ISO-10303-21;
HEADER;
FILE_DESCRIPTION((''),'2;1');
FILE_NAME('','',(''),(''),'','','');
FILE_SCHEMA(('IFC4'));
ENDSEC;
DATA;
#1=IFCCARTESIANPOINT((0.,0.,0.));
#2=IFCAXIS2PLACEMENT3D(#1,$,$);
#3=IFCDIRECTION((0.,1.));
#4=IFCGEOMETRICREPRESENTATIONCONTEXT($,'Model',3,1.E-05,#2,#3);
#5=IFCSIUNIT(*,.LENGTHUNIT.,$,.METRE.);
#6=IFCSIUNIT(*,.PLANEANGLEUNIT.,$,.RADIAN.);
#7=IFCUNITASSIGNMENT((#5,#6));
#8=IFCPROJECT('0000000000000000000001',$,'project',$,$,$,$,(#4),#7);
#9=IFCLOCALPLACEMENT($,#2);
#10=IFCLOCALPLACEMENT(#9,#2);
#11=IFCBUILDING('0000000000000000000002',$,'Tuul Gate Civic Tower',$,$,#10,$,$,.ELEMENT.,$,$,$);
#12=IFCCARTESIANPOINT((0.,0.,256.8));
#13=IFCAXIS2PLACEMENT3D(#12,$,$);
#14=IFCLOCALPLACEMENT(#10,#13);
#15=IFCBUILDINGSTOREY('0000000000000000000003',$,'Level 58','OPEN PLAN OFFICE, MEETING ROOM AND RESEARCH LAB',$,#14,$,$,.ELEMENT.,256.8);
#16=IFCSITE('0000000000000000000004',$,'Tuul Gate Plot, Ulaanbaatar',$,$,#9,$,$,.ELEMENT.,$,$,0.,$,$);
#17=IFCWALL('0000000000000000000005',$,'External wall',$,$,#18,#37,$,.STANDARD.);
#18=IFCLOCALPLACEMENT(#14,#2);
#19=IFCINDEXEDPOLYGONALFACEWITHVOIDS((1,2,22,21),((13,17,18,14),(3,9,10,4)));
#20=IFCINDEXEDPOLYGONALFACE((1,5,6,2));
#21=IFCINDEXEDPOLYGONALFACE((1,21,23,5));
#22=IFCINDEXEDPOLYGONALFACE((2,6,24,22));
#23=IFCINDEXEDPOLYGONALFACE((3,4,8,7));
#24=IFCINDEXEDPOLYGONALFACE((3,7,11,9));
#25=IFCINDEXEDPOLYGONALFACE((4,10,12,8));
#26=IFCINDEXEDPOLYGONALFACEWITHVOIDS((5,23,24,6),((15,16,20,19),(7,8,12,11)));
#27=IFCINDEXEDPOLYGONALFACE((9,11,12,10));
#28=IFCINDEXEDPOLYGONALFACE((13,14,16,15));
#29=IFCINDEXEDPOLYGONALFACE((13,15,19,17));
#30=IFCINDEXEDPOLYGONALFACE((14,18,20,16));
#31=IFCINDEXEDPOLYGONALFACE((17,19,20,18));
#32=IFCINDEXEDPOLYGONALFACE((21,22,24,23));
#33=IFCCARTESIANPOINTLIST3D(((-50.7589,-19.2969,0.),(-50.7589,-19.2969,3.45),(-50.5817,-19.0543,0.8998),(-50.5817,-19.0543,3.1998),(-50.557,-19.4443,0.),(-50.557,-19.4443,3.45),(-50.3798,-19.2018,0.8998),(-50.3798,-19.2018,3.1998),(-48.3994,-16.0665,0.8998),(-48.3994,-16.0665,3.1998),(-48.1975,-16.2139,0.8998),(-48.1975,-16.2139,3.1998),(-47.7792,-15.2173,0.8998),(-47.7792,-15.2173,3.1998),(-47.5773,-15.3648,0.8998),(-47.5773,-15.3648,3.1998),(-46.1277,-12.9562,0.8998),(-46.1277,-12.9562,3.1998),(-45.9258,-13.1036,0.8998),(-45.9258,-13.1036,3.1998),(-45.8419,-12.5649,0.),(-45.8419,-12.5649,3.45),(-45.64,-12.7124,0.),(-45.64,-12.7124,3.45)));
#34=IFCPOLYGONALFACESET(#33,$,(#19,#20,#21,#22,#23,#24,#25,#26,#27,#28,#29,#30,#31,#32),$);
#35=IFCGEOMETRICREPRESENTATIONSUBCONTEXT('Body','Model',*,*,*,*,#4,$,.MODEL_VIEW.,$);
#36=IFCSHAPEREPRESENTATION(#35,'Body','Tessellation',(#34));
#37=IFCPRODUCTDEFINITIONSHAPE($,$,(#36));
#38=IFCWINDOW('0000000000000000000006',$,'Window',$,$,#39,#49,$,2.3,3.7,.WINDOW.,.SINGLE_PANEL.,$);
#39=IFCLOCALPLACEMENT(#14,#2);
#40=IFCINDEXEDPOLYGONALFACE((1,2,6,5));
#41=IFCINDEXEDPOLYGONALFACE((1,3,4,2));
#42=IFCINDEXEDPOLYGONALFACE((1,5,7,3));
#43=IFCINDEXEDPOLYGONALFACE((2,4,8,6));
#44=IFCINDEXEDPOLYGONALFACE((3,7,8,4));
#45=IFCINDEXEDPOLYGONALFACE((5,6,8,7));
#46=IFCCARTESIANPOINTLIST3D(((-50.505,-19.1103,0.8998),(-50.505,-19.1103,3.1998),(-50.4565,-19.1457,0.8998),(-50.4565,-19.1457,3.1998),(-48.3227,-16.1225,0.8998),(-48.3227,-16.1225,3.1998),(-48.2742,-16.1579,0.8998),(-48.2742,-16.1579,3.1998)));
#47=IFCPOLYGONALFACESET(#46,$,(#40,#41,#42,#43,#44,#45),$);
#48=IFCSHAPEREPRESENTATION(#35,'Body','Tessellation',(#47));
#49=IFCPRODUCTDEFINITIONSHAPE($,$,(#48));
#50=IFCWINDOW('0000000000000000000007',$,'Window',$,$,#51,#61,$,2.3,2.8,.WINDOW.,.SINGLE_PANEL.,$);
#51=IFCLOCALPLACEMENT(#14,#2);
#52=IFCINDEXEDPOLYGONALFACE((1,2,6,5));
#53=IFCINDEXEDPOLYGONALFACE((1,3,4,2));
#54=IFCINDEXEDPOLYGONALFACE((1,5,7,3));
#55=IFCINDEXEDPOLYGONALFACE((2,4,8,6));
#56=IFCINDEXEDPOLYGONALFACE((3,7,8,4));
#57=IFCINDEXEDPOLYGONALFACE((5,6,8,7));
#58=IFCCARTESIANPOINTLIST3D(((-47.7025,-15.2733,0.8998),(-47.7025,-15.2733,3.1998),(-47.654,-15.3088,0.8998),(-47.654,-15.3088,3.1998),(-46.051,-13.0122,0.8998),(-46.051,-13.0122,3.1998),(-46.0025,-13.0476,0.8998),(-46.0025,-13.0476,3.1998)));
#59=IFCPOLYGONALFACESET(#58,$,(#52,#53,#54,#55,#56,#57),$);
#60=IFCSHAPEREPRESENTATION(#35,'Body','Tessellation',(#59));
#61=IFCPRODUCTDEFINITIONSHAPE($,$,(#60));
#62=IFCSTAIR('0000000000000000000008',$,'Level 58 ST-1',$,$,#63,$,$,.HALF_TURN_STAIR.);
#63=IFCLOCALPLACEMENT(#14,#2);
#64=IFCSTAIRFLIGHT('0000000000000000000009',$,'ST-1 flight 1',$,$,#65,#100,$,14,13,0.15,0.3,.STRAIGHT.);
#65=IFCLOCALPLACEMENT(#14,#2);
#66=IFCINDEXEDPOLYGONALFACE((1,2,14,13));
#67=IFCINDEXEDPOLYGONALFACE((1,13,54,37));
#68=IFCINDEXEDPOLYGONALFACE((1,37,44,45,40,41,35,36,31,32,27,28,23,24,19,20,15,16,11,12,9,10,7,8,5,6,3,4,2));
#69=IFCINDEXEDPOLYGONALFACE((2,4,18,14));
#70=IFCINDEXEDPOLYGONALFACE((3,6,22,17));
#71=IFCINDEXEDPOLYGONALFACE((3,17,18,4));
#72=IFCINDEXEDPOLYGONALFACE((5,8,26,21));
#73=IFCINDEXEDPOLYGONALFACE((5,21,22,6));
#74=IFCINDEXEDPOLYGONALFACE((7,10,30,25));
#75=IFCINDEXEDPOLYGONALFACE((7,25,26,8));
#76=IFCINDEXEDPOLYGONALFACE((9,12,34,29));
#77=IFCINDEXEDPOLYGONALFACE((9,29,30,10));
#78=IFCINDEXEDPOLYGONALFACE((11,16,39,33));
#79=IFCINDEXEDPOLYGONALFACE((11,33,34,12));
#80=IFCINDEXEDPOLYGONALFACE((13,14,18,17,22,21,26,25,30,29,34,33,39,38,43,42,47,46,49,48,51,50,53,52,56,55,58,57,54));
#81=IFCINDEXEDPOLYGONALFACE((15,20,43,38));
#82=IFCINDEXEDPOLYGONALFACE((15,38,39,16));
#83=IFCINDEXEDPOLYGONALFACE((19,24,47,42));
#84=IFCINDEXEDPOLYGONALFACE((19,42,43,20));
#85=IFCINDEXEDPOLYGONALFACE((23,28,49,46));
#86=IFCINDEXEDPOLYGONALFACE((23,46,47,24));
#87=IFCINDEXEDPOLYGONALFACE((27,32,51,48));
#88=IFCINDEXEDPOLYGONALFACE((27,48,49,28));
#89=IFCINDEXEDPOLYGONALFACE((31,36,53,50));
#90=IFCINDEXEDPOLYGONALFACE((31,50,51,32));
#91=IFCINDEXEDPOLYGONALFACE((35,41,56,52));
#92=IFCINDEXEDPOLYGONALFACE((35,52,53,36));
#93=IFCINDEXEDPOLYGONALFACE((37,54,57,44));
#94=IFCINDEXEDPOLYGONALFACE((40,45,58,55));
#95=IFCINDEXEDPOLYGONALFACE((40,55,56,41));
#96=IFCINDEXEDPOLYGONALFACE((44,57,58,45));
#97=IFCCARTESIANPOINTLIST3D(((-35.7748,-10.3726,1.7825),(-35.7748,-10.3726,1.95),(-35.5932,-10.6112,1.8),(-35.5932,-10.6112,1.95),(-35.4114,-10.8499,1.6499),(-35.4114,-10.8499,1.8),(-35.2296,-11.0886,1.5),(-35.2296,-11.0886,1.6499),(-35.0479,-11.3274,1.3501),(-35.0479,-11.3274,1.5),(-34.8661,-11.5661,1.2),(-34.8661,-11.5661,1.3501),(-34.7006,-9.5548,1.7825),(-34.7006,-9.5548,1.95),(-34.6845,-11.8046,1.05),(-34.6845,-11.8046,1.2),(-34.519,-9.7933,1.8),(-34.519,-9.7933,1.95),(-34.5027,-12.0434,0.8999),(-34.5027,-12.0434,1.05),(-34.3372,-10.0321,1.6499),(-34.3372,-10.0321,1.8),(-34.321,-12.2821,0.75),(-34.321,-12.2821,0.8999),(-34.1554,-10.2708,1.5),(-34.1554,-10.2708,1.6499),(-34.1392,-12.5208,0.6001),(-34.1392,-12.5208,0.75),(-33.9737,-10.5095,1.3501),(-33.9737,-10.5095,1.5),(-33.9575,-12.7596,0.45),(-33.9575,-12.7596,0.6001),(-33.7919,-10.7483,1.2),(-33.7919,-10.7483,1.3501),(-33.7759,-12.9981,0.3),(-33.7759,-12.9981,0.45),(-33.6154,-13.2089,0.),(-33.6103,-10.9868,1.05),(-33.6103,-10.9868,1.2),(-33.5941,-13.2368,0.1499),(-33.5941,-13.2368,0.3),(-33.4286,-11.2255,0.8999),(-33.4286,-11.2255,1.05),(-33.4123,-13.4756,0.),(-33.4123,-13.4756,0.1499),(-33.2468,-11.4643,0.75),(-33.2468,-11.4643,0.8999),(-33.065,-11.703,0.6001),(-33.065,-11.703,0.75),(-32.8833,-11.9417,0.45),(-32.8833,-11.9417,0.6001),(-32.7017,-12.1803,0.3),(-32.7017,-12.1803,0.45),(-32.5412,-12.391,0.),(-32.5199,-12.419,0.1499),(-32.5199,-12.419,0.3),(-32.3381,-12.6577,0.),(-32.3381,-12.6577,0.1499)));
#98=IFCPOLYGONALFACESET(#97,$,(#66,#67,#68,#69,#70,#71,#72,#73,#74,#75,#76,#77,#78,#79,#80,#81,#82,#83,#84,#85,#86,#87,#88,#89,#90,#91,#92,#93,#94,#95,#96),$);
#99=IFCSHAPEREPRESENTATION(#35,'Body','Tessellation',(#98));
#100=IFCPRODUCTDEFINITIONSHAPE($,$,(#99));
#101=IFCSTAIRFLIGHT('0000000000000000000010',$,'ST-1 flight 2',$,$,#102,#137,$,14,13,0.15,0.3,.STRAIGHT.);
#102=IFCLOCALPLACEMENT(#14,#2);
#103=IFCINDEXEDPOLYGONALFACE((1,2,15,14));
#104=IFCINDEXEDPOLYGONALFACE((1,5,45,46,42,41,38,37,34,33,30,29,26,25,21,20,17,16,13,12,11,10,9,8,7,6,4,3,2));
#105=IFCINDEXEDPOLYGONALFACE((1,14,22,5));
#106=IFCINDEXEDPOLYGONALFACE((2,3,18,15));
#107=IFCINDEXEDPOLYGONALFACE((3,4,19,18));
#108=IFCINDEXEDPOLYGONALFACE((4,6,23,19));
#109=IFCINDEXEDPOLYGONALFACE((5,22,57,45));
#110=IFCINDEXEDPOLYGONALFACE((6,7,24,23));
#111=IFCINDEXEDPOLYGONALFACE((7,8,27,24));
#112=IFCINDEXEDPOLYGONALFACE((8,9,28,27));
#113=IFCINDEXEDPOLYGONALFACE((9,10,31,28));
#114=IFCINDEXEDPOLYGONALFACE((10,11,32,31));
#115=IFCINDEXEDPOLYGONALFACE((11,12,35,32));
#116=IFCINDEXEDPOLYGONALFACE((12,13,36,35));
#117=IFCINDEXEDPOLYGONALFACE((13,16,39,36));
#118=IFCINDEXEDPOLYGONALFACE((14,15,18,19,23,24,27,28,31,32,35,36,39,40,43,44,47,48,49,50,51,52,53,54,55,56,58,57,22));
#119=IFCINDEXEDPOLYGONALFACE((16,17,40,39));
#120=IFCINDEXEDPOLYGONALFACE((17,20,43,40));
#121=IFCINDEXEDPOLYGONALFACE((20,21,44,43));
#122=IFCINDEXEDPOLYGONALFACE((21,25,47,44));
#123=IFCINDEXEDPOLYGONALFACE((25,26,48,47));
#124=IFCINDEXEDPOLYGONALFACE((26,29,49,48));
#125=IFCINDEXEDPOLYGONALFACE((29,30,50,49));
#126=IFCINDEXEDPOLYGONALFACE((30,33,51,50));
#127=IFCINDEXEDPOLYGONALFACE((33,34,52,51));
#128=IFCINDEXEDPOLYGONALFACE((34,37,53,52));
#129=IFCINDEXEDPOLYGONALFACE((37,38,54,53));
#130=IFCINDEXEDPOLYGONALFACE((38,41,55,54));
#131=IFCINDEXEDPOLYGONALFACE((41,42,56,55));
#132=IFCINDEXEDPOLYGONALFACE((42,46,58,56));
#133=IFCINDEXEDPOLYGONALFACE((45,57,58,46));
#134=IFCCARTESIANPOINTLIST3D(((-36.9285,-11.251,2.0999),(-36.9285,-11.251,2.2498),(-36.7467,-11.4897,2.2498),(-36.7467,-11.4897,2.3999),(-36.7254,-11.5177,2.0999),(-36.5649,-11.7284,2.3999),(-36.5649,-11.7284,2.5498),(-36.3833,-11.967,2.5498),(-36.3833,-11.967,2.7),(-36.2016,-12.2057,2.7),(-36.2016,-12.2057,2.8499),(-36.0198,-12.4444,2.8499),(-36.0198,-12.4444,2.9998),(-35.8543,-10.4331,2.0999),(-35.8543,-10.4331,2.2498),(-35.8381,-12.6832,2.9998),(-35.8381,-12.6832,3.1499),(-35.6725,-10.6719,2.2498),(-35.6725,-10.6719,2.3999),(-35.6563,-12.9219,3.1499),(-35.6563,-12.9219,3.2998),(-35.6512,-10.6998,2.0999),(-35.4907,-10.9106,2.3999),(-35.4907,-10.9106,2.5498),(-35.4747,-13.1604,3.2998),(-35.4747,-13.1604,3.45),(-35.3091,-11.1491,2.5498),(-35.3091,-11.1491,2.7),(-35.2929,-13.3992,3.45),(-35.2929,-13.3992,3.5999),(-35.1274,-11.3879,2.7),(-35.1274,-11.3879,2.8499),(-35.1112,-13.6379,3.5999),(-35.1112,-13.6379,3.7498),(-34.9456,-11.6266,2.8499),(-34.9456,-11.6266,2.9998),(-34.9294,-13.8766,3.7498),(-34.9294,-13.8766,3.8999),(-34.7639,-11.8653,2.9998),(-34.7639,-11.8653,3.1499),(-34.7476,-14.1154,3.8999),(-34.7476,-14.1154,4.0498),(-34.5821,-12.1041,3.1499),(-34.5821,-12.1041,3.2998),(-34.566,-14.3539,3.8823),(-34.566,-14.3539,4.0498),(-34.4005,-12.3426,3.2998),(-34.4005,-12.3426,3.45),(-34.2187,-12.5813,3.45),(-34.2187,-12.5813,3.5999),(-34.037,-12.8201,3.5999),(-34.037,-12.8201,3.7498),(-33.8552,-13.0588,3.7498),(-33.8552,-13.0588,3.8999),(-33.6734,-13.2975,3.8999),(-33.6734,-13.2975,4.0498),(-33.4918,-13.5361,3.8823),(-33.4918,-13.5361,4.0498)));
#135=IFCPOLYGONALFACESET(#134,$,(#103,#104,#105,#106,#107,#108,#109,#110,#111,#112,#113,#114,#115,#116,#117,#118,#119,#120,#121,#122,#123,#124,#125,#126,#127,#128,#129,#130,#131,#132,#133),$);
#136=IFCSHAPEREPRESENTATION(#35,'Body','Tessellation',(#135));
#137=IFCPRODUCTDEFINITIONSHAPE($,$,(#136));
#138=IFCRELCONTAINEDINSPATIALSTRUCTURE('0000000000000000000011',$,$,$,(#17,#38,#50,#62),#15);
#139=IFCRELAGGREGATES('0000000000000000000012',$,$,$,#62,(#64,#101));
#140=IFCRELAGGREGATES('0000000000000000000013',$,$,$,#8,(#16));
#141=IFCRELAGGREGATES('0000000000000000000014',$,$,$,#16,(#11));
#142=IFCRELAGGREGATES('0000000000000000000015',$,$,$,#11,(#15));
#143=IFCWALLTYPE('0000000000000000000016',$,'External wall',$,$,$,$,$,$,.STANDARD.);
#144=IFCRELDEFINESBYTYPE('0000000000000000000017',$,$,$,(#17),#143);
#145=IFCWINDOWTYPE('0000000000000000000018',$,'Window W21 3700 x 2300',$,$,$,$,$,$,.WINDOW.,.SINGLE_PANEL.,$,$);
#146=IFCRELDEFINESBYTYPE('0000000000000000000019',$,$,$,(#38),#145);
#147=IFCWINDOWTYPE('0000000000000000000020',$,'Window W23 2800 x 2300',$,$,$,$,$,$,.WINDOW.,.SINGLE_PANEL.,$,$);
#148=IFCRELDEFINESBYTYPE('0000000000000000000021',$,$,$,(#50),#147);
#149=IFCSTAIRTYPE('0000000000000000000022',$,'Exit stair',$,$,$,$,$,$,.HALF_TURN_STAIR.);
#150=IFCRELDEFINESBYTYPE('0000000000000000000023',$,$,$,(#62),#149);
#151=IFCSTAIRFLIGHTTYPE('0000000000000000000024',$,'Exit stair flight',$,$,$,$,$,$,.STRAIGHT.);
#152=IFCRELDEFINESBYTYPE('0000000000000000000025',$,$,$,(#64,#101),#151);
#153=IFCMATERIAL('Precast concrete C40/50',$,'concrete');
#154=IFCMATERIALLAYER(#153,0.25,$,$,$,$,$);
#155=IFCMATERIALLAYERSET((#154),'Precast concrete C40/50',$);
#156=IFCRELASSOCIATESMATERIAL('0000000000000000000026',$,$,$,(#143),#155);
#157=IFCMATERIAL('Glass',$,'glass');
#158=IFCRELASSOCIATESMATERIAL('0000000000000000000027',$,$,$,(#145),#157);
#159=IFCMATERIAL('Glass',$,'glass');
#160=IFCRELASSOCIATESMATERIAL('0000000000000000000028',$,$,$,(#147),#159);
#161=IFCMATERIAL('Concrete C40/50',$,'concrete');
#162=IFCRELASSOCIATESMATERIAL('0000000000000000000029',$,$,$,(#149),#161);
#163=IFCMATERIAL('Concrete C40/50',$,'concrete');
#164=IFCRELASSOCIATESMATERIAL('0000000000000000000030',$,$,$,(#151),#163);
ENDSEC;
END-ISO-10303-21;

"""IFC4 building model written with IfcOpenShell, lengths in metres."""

from ifc_helpers import new_model, si_unit, direction, frame, frame_2d, origin, place, context, subcontext, project, spatial, polyline, rectangle, outline, extrude, material, layer, layer_set, type_object, element, fill, aggregate, save


model = new_model("IFC4")

# Units and contexts
model_context = context("Model", 3, precision=1e-05, world=origin(), true_north=direction((0.0, 1.0)))
body_context = subcontext(model_context, "Body", "Model", "MODEL_VIEW")
ifc_project = project(units=[si_unit("LENGTHUNIT", "METRE"), si_unit("PLANEANGLEUNIT", "RADIAN")], contexts=[model_context])

# Site, building, storey
site_placement = place(None, origin())
site = spatial("IfcSite", under=ifc_project, at=site_placement, Name="Tuul Gate Plot, Ulaanbaatar", CompositionType="ELEMENT", RefElevation=0.0)
building_placement = place(site_placement, origin())
building = spatial("IfcBuilding", under=site, at=building_placement, Name="Tuul Gate Civic Tower", CompositionType="ELEMENT")
storey_placement = place(building_placement, frame((0.0, 0.0, 256.8)))
storey = spatial("IfcBuildingStorey", under=building, at=storey_placement, Name="Level 58", Description="OPEN PLAN OFFICE, MEETING ROOM AND RESEARCH LAB", CompositionType="ELEMENT", Elevation=256.8)

# Wall, openings, windows
ifc_material_1 = material(Name="Precast concrete C40/50", Category="concrete")
ifc_layer_1 = layer(ifc_material_1, 0.25)
ifc_layer_set_1 = layer_set([ifc_layer_1], Name="Precast concrete C40/50")
wall_type_1 = type_object("IfcWallType", Name="External wall", PredefinedType="STANDARD", material=ifc_layer_set_1)
wall_1_placement = place(storey_placement, frame((-45.741, -12.6387, 0.0), z_axis=(0.0, 0.0, 1.0), x_axis=(-0.589821, -0.807534, 0.0)))
wall_1 = element("IfcWall", 1, at=wall_1_placement, inside=storey, type_object=wall_type_1, Name="External wall", PredefinedType="STANDARD", context=body_context, shape_type="SweptSolid", body=[
    extrude(rectangle(XDim=8.3364, YDim=0.25, at=frame_2d((4.1682, 0.0))), origin(), (0.0, 0.0, 1.0), 3.45),
])
opening_1_placement = place(wall_1_placement, frame((0.4846, 0.0, 0.8999)))
opening_1 = element("IfcOpeningElement", 2, at=opening_1_placement, cuts=wall_1, PredefinedType="OPENING", context=body_context, shape_type="SweptSolid", body=[
    extrude(rectangle(XDim=2.8, YDim=2.3, at=frame_2d((1.3999, 1.1499))), frame((0.0, 0.135, 0.0), z_axis=(0.0, -1.0, 0.0), x_axis=(1.0, 0.0, 0.0)), (0.0, 0.0, 1.0), 0.27),
])
opening_2_placement = place(wall_1_placement, frame((4.3359, 0.0, 0.8999)))
opening_2 = element("IfcOpeningElement", 3, at=opening_2_placement, cuts=wall_1, PredefinedType="OPENING", context=body_context, shape_type="SweptSolid", body=[
    extrude(rectangle(XDim=3.7, YDim=2.3, at=frame_2d((1.8501, 1.1499))), frame((0.0, 0.135, 0.0), z_axis=(0.0, -1.0, 0.0), x_axis=(1.0, 0.0, 0.0)), (0.0, 0.0, 1.0), 0.27),
])
ifc_material_2 = material(Name="Glass", Category="glass")
window_type_1 = type_object("IfcWindowType", Name="Window W21 3700 x 2300", PartitioningType="SINGLE_PANEL", PredefinedType="WINDOW", material=ifc_material_2)
window_1_placement = place(opening_2_placement, origin())
window_1 = element("IfcWindow", 4, at=window_1_placement, inside=storey, type_object=window_type_1, Name="Window", OverallHeight=2.3, OverallWidth=3.7, PartitioningType="SINGLE_PANEL", PredefinedType="WINDOW", context=body_context, shape_type="SweptSolid", body=[
    extrude(rectangle(XDim=3.7, YDim=2.3, at=frame_2d((1.8501, 1.1499))), frame((0.0, 0.03, 0.0), z_axis=(0.0, -1.0, 0.0), x_axis=(1.0, 0.0, 0.0)), (0.0, 0.0, 1.0), 0.0601),
])
fill(opening_2, window_1)
ifc_material_3 = material(Name="Glass", Category="glass")
window_type_2 = type_object("IfcWindowType", Name="Window W23 2800 x 2300", PartitioningType="SINGLE_PANEL", PredefinedType="WINDOW", material=ifc_material_3)
window_2_placement = place(opening_1_placement, origin())
window_2 = element("IfcWindow", 5, at=window_2_placement, inside=storey, type_object=window_type_2, Name="Window", OverallHeight=2.3, OverallWidth=2.8, PartitioningType="SINGLE_PANEL", PredefinedType="WINDOW", context=body_context, shape_type="SweptSolid", body=[
    extrude(rectangle(XDim=2.8, YDim=2.3, at=frame_2d((1.3999, 1.1499))), frame((0.0, 0.03, 0.0), z_axis=(0.0, -1.0, 0.0), x_axis=(1.0, 0.0, 0.0)), (0.0, 0.0, 1.0), 0.0601),
])
fill(opening_1, window_2)

# Stair, stair flights
ifc_material_4 = material(Name="Concrete C40/50", Category="concrete")
stair_type = type_object("IfcStairType", Name="Exit stair", PredefinedType="HALF_TURN_STAIR", material=ifc_material_4)
stair_placement = place(storey_placement, origin())
stair = element("IfcStair", 6, at=stair_placement, inside=storey, type_object=stair_type, Name="Level 58 ST-1", PredefinedType="HALF_TURN_STAIR")
ifc_material_5 = material(Name="Concrete C40/50", Category="concrete")
stair_flight_type = type_object("IfcStairFlightType", Name="Exit stair flight", PredefinedType="STRAIGHT", material=ifc_material_5)
stair_flight_1_placement = place(storey_placement, frame((-32.8752, -13.0667, 0.0), z_axis=(0.0, 0.0, 1.0), x_axis=(-0.605764, 0.795644, 0.0)))
stair_flight_1 = element("IfcStairFlight", 7, at=stair_flight_1_placement, type_object=stair_flight_type, Name="ST-1 flight 1", NumberOfRisers=14, NumberOfTreads=13, PredefinedType="STRAIGHT", RiserHeight=0.15, TreadLength=0.3, context=body_context, shape_type="SweptSolid", body=[
    extrude(outline(polyline([(0.0, 0.0), (0.0, 0.1499), (0.3, 0.1499), (0.3, 0.3), (0.6001, 0.3), (0.6001, 0.45), (0.8999, 0.45), (0.8999, 0.6001), (1.2, 0.6001), (1.2, 0.75), (1.5, 0.75), (1.5, 0.8999), (1.8, 0.8999), (1.8, 1.05), (2.1001, 1.05), (2.1001, 1.2), (2.3999, 1.2), (2.3999, 1.3501), (2.7, 1.3501), (2.7, 1.5), (3.0, 1.5), (3.0, 1.6499), (3.3, 1.6499), (3.3, 1.8), (3.6001, 1.8), (3.6001, 1.95), (3.8999, 1.95), (3.8999, 2.1001), (3.8999, 1.7825), (0.3352, 0.0), (0.0, 0.0)])), frame((0.0, 0.675, 0.0), z_axis=(0.0, -1.0, 0.0), x_axis=(1.0, 0.0, 0.0)), (0.0, 0.0, 1.0), 1.3501),
])
stair_flight_2_placement = place(storey_placement, frame((-36.3914, -10.842, 2.0999), z_axis=(0.0, 0.0, 1.0), x_axis=(0.605764, -0.795644, 0.0)))
stair_flight_2 = element("IfcStairFlight", 8, at=stair_flight_2_placement, type_object=stair_flight_type, Name="ST-1 flight 2", NumberOfRisers=14, NumberOfTreads=13, PredefinedType="STRAIGHT", RiserHeight=0.15, TreadLength=0.3, context=body_context, shape_type="SweptSolid", body=[
    extrude(outline(polyline([(0.0, 0.0), (0.0, 0.1499), (0.3, 0.1499), (0.3, 0.3), (0.6001, 0.3), (0.6001, 0.45), (0.8999, 0.45), (0.8999, 0.6001), (1.2, 0.6001), (1.2, 0.75), (1.5, 0.75), (1.5, 0.8999), (1.8, 0.8999), (1.8, 1.05), (2.1001, 1.05), (2.1001, 1.2), (2.3999, 1.2), (2.3999, 1.3501), (2.7, 1.3501), (2.7, 1.5), (3.0, 1.5), (3.0, 1.6499), (3.3, 1.6499), (3.3, 1.8), (3.6001, 1.8), (3.6001, 1.95), (3.8999, 1.95), (3.8999, 2.1001), (3.8999, 1.7825), (0.3352, 0.0), (0.0, 0.0)])), frame((0.0, 0.675, 0.0), z_axis=(0.0, -1.0, 0.0), x_axis=(1.0, 0.0, 0.0)), (0.0, 0.0, 1.0), 1.3501),
])
aggregate(stair, [stair_flight_1, stair_flight_2])

save(model, "model.ifc")
